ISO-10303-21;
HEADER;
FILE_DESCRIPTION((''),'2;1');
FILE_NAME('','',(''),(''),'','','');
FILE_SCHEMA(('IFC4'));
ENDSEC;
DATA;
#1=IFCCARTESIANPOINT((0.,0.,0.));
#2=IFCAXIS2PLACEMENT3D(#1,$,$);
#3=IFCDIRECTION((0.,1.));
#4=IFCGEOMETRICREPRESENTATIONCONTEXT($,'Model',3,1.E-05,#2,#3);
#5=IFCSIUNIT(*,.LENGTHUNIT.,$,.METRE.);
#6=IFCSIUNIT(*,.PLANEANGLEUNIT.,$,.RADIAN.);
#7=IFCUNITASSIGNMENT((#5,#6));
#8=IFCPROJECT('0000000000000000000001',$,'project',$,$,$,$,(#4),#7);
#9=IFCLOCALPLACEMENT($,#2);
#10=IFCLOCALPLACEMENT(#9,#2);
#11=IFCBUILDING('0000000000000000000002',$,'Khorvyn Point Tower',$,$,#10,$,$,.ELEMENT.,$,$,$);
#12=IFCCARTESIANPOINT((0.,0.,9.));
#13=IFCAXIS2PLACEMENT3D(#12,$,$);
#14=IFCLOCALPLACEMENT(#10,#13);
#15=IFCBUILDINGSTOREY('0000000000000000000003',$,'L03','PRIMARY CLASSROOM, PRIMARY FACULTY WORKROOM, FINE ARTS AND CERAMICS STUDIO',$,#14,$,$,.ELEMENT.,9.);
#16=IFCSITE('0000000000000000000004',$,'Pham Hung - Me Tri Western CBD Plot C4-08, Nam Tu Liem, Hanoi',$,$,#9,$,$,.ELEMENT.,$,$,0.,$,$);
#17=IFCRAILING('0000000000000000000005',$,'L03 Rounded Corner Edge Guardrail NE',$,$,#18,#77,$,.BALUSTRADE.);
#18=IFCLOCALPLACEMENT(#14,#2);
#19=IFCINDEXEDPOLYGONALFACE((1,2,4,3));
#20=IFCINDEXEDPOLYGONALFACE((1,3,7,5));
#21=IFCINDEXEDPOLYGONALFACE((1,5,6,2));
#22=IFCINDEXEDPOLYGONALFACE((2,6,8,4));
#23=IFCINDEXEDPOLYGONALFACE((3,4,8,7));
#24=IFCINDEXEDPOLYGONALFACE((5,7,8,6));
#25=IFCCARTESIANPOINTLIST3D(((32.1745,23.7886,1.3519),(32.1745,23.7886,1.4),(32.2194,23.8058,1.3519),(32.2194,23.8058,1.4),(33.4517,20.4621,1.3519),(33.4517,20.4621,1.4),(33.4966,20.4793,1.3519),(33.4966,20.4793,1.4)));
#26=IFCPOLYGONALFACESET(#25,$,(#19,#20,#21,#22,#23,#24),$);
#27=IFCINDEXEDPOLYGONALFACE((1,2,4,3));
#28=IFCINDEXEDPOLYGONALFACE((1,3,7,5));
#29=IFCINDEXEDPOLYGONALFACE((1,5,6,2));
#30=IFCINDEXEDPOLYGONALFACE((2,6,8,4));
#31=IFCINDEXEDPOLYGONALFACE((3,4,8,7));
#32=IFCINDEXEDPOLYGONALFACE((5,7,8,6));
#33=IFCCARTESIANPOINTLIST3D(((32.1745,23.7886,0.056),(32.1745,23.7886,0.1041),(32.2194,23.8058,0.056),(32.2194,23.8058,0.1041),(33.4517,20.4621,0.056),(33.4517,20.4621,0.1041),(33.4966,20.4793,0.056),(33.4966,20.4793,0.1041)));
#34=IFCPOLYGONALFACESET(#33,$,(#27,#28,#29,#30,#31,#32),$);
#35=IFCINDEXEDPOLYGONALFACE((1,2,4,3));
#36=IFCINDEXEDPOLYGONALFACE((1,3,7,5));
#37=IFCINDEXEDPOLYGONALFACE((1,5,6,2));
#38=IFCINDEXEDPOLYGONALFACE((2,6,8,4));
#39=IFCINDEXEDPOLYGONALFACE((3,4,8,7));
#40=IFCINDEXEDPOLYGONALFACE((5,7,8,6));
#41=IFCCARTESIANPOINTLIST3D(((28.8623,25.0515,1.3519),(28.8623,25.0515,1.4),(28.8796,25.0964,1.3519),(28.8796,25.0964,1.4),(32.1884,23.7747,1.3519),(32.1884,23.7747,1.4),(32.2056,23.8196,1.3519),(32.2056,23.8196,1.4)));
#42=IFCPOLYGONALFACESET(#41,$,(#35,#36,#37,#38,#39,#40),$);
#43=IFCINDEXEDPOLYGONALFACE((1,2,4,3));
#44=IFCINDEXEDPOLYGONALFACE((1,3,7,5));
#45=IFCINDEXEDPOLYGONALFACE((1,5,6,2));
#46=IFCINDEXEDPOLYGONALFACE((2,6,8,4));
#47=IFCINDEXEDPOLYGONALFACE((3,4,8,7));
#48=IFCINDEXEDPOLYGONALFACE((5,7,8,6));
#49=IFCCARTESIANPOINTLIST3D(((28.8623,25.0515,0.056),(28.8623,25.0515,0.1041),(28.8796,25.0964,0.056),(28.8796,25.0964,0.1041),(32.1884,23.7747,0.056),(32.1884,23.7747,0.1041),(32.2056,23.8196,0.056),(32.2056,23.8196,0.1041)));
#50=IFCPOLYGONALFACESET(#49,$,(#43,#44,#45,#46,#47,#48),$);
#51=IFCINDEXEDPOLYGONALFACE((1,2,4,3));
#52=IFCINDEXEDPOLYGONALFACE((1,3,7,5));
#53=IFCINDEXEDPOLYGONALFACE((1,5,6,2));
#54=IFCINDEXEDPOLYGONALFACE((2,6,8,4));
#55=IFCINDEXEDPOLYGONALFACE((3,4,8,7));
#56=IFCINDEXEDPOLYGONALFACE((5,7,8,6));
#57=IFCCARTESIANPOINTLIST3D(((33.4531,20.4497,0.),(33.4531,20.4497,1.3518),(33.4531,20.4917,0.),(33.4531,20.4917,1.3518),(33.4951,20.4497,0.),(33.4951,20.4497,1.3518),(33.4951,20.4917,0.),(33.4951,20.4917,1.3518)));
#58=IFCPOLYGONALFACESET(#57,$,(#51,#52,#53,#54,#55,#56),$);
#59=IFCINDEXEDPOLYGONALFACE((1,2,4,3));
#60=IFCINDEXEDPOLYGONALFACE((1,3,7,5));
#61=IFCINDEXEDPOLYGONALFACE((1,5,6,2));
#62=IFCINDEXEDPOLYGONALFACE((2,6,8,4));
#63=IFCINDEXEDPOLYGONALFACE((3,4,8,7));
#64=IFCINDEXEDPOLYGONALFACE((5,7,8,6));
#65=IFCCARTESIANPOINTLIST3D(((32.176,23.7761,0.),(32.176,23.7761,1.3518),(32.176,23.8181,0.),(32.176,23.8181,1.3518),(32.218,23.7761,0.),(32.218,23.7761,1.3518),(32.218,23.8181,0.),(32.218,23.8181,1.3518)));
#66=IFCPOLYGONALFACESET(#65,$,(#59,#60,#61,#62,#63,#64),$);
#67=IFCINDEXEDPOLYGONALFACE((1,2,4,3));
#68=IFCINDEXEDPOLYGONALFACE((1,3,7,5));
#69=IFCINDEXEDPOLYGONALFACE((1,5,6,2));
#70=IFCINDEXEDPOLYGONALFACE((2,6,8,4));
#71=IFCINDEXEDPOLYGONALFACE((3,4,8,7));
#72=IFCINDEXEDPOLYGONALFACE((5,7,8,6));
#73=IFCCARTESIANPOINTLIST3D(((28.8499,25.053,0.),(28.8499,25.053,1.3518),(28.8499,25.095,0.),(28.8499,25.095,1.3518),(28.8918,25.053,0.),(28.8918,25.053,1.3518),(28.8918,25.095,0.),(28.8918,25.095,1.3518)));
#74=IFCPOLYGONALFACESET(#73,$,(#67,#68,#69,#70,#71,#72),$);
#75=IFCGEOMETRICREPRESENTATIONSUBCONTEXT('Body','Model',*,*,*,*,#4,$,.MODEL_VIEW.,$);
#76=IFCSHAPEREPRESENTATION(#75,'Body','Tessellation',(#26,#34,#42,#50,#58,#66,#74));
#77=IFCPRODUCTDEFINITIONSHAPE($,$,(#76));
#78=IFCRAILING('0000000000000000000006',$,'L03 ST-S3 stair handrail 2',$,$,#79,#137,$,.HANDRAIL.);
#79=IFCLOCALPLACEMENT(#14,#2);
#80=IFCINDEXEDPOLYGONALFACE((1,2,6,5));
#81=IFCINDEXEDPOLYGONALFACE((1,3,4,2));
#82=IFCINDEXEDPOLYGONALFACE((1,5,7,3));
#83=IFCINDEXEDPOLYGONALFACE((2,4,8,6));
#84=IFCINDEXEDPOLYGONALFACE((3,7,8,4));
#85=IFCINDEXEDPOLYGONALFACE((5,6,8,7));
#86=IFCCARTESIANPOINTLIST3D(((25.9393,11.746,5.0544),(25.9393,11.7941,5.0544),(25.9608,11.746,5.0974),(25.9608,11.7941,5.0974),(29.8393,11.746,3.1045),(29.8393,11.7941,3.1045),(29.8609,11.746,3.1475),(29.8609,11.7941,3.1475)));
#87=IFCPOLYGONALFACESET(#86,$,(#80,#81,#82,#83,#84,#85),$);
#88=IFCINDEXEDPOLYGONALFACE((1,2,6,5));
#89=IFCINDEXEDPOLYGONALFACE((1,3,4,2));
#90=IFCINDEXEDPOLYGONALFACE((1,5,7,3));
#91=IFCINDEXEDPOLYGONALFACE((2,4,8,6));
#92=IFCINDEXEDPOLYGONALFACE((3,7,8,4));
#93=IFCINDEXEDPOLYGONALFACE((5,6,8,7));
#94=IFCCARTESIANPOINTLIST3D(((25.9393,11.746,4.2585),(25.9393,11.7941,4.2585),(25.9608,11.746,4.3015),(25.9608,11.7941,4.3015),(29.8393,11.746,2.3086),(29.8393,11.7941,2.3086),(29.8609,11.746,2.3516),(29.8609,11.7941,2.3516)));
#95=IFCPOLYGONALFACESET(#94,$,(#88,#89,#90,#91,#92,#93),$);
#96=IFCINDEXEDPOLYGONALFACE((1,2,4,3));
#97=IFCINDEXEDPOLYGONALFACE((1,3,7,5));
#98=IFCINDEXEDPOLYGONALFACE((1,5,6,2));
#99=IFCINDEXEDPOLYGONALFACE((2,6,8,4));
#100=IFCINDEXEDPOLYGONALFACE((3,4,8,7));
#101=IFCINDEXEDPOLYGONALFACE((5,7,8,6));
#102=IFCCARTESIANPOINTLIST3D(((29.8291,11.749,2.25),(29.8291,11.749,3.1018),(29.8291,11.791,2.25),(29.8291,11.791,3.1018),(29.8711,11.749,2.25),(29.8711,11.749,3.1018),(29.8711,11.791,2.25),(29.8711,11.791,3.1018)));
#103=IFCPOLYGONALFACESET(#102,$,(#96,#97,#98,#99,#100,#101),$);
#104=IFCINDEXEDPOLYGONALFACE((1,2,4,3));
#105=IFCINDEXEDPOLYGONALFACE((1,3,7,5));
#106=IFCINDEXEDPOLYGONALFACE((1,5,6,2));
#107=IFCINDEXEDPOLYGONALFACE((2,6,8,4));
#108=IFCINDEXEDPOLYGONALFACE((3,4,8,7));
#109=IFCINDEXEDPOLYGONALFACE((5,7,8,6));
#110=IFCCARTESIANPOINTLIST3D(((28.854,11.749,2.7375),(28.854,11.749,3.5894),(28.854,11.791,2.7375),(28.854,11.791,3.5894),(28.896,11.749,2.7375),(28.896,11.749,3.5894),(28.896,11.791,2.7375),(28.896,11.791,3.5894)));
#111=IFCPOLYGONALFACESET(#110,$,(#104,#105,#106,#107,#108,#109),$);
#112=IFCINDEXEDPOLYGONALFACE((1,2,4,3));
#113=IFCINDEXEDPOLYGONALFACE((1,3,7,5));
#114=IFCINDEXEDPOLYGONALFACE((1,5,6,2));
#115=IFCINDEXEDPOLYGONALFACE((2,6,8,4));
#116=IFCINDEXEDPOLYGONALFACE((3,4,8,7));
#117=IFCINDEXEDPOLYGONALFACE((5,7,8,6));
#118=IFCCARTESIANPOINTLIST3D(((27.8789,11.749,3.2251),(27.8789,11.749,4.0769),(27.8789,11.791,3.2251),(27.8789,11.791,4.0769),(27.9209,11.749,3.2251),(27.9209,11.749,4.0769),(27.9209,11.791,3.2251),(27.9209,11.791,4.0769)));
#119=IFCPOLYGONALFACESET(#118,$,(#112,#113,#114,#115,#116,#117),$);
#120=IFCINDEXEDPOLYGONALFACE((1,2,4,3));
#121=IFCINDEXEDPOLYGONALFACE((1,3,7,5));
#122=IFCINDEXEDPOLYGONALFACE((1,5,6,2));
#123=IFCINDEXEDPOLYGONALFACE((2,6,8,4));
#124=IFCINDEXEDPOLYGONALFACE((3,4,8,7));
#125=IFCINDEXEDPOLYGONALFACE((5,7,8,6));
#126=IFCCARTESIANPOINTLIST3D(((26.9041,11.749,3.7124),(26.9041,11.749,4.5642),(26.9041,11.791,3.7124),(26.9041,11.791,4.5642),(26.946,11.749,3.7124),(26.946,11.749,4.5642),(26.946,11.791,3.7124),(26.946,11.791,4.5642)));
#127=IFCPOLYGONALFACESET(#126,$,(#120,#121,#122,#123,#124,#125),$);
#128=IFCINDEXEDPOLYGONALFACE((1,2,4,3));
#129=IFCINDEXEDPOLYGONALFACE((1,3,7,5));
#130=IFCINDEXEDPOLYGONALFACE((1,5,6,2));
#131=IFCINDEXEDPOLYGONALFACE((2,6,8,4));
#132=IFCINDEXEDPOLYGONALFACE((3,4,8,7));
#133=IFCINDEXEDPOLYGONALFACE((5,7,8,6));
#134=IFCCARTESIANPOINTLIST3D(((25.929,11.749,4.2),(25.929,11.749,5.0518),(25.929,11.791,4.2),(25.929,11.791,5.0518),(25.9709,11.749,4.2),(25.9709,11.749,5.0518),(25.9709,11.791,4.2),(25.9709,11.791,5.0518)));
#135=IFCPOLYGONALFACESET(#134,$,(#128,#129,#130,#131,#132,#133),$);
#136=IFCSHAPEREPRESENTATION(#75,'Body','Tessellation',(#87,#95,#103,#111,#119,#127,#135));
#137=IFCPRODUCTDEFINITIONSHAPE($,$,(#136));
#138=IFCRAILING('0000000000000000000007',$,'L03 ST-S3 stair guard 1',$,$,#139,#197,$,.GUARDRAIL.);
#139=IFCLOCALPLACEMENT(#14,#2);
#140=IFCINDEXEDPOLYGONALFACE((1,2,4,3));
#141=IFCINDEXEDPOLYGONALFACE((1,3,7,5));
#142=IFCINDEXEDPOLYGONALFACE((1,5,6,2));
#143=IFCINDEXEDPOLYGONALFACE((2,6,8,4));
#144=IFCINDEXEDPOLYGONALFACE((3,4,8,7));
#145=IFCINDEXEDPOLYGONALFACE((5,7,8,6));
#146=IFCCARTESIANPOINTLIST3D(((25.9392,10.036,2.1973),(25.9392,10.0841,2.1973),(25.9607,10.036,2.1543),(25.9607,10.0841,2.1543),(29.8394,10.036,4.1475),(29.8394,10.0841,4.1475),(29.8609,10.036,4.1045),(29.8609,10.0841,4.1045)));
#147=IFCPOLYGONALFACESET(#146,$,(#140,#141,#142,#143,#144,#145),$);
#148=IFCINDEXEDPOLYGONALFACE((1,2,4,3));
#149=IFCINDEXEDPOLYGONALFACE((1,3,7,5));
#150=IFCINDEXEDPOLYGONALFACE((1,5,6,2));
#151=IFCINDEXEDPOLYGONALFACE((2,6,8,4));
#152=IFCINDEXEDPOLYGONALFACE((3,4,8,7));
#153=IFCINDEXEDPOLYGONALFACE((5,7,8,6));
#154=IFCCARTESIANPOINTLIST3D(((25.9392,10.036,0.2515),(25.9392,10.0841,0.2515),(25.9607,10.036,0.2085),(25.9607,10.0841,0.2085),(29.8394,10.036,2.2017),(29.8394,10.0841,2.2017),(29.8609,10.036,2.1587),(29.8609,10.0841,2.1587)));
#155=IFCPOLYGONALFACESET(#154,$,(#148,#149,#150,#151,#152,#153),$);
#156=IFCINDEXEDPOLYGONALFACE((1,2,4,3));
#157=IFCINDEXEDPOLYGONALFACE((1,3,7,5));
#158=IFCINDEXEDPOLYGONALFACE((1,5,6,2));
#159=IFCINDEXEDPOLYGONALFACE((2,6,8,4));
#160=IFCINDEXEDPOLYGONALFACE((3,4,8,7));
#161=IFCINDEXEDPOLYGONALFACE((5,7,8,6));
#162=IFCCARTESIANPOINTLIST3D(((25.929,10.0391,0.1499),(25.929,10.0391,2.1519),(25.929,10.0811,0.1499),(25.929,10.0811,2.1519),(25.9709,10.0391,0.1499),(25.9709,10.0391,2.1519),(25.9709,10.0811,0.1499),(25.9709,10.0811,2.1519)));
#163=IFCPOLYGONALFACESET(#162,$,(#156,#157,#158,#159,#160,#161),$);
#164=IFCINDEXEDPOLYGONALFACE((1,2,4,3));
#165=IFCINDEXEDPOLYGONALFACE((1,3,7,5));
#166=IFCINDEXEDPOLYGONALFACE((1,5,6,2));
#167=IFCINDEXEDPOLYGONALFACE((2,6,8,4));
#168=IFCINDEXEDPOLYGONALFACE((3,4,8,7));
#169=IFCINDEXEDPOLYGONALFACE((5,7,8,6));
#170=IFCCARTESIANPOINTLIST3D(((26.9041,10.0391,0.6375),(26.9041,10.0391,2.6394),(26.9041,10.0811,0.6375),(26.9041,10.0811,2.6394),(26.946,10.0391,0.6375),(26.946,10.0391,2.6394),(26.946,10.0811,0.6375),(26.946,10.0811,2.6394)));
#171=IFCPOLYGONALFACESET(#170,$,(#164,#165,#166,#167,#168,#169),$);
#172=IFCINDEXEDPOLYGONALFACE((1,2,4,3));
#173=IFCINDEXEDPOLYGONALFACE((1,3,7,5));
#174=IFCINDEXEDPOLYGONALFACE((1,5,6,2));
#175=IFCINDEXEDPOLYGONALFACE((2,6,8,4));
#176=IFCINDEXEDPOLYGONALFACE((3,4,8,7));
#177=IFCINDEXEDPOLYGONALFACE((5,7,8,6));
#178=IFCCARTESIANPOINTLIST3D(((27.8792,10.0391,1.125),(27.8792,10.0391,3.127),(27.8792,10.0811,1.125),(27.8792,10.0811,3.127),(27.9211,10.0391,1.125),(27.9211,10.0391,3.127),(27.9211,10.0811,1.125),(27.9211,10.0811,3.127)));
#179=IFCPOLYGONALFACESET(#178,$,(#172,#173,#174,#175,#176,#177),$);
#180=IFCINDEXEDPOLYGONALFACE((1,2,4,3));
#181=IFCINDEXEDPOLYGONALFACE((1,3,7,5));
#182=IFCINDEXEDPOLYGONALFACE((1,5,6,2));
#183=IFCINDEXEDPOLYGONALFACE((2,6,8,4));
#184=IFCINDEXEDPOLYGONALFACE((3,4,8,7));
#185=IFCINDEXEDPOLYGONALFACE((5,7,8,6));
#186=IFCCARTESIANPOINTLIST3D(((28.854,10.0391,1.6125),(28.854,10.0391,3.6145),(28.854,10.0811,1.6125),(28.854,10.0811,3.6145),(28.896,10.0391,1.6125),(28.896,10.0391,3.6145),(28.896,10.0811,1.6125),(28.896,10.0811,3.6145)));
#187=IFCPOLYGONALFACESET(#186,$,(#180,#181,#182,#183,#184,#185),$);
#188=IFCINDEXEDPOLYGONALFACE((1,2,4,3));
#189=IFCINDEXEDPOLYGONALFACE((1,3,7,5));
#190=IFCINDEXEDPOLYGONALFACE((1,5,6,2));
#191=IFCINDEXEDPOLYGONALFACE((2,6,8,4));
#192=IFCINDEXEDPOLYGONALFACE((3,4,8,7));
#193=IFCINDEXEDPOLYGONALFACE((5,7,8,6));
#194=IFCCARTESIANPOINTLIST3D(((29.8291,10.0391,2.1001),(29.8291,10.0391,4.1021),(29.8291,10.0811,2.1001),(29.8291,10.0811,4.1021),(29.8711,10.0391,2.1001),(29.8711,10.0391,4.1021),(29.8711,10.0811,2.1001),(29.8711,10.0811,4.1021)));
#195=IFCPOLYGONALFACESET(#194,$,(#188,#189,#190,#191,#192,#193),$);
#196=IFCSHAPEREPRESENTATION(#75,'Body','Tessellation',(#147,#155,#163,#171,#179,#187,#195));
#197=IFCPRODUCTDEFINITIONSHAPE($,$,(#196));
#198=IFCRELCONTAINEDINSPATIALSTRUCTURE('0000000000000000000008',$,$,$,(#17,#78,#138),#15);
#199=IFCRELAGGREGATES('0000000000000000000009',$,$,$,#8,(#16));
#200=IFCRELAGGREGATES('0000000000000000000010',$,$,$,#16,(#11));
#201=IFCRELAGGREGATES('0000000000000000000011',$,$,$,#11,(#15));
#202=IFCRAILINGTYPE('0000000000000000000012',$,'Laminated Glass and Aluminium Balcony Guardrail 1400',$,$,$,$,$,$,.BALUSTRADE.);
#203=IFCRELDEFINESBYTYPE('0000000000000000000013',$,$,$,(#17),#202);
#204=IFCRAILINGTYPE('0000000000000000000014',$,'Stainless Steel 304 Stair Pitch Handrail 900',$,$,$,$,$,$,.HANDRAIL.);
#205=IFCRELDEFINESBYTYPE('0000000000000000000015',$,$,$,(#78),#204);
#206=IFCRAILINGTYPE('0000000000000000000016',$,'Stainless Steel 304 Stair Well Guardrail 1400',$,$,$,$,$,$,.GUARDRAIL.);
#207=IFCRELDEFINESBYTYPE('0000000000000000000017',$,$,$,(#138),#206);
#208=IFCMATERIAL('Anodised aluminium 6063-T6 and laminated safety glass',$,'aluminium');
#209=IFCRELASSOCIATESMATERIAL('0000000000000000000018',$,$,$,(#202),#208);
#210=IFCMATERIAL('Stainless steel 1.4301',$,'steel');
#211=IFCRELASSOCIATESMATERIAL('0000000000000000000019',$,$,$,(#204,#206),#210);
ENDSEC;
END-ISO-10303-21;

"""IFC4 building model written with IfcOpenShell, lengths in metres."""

from ifc_helpers import new_model, si_unit, direction, frame, origin, origin_2d, place, context, subcontext, project, spatial, rectangle, extrude, material, type_object, element, save


model = new_model("IFC4")

# Units and contexts
model_context = context("Model", 3, precision=1e-05, world=origin(), true_north=direction((0.0, 1.0)))
body_context = subcontext(model_context, "Body", "Model", "MODEL_VIEW")
ifc_project = project(units=[si_unit("LENGTHUNIT", "METRE"), si_unit("PLANEANGLEUNIT", "RADIAN")], contexts=[model_context])

# Site, building, storey
site_placement = place(None, origin())
site = spatial("IfcSite", under=ifc_project, at=site_placement, Name="Pham Hung - Me Tri Western CBD Plot C4-08, Nam Tu Liem, Hanoi", CompositionType="ELEMENT", RefElevation=0.0)
building_placement = place(site_placement, origin())
building = spatial("IfcBuilding", under=site, at=building_placement, Name="Khorvyn Point Tower", CompositionType="ELEMENT")
storey_placement = place(building_placement, frame((0.0, 0.0, 9.0)))
storey = spatial("IfcBuildingStorey", under=building, at=storey_placement, Name="L03", Description="PRIMARY CLASSROOM, PRIMARY FACULTY WORKROOM, FINE ARTS AND CERAMICS STUDIO", CompositionType="ELEMENT", Elevation=9.0)

# Railings
ifc_material_1 = material(Name="Anodised aluminium 6063-T6 and laminated safety glass", Category="aluminium")
railing_type_1 = type_object("IfcRailingType", Name="Laminated Glass and Aluminium Balcony Guardrail 1400", PredefinedType="BALUSTRADE", material=ifc_material_1)
railing_1_placement = place(storey_placement, frame((33.4741, 20.4707, 0.0)))
element("IfcRailing", 1, at=railing_1_placement, inside=storey, type_object=railing_type_1, Name="L03 Rounded Corner Edge Guardrail NE", PredefinedType="BALUSTRADE", context=body_context, shape_type="SweptSolid", body=[
    extrude(rectangle(XDim=0.0481, YDim=0.0481, at=origin_2d()), frame((0.0, 0.0, 1.376), z_axis=(-0.358419, 0.933561, 0.0), x_axis=(-0.933561, -0.358419, 0.0)), (0.0, 0.0, 1.0), 3.5632),
    extrude(rectangle(XDim=0.0481, YDim=0.0481, at=origin_2d()), frame((0.0, 0.0, 0.0801), z_axis=(-0.358419, 0.933561, 0.0), x_axis=(-0.933561, -0.358419, 0.0)), (0.0, 0.0, 1.0), 3.5632),
    extrude(rectangle(XDim=0.0481, YDim=0.0481, at=origin_2d()), frame((-1.2771, 3.3264, 1.376), z_axis=(-0.933575, 0.358382, 0.0), x_axis=(-0.358382, -0.933575, 0.0)), (0.0, 0.0, 1.0), 3.5627),
    extrude(rectangle(XDim=0.0481, YDim=0.0481, at=origin_2d()), frame((-1.2771, 3.3264, 0.0801), z_axis=(-0.933575, 0.358382, 0.0), x_axis=(-0.358382, -0.933575, 0.0)), (0.0, 0.0, 1.0), 3.5627),
    extrude(rectangle(XDim=0.042, YDim=0.042, at=origin_2d()), origin(), (0.0, 0.0, 1.0), 1.3518),
    extrude(rectangle(XDim=0.042, YDim=0.042, at=origin_2d()), frame((-1.2771, 3.3264, 0.0)), (0.0, 0.0, 1.0), 1.3518),
    extrude(rectangle(XDim=0.042, YDim=0.042, at=origin_2d()), frame((-4.6033, 4.6033, 0.0)), (0.0, 0.0, 1.0), 1.3518),
])
ifc_material_2 = material(Name="Stainless steel 1.4301", Category="steel")
railing_type_2 = type_object("IfcRailingType", Name="Stainless Steel 304 Stair Pitch Handrail 900", PredefinedType="HANDRAIL", material=ifc_material_2)
railing_2_placement = place(storey_placement, frame((29.8501, 11.77, 2.25)))
element("IfcRailing", 2, at=railing_2_placement, inside=storey, type_object=railing_type_2, Name="L03 ST-S3 stair handrail 2", PredefinedType="HANDRAIL", context=body_context, shape_type="SweptSolid", body=[
    extrude(rectangle(XDim=0.0481, YDim=0.0481, at=origin_2d()), frame((0.0, 0.0, 0.876), z_axis=(-0.894438, 0.0, 0.447191), x_axis=(0.0, -1.0, 0.0)), (0.0, 0.0, 1.0), 4.3604),
    extrude(rectangle(XDim=0.0481, YDim=0.0481, at=origin_2d()), frame((0.0, 0.0, 0.0801), z_axis=(-0.894438, 0.0, 0.447191), x_axis=(0.0, -1.0, 0.0)), (0.0, 0.0, 1.0), 4.3604),
    extrude(rectangle(XDim=0.042, YDim=0.042, at=origin_2d()), origin(), (0.0, 0.0, 1.0), 0.8518),
    extrude(rectangle(XDim=0.042, YDim=0.042, at=origin_2d()), frame((-0.9751, 0.0, 0.4875)), (0.0, 0.0, 1.0), 0.8518),
    extrude(rectangle(XDim=0.042, YDim=0.042, at=origin_2d()), frame((-1.9502, 0.0, 0.9751)), (0.0, 0.0, 1.0), 0.8518),
    extrude(rectangle(XDim=0.042, YDim=0.042, at=origin_2d()), frame((-2.925, 0.0, 1.4624)), (0.0, 0.0, 1.0), 0.8518),
    extrude(rectangle(XDim=0.042, YDim=0.042, at=origin_2d()), frame((-3.9001, 0.0, 1.95)), (0.0, 0.0, 1.0), 0.8518),
])
railing_type_3 = type_object("IfcRailingType", Name="Stainless Steel 304 Stair Well Guardrail 1400", PredefinedType="GUARDRAIL", material=ifc_material_2)
railing_3_placement = place(storey_placement, frame((25.95, 10.0601, 0.1499)))
element("IfcRailing", 3, at=railing_3_placement, inside=storey, type_object=railing_type_3, Name="L03 ST-S3 stair guard 1", PredefinedType="GUARDRAIL", context=body_context, shape_type="SweptSolid", body=[
    extrude(rectangle(XDim=0.0481, YDim=0.0481, at=origin_2d()), frame((0.0, 0.0, 2.0259), z_axis=(0.894416, 0.0, 0.447236), x_axis=(0.0, 1.0, 0.0)), (0.0, 0.0, 1.0), 4.3606),
    extrude(rectangle(XDim=0.0481, YDim=0.0481, at=origin_2d()), frame((0.0, 0.0, 0.0801), z_axis=(0.894416, 0.0, 0.447236), x_axis=(0.0, 1.0, 0.0)), (0.0, 0.0, 1.0), 4.3606),
    extrude(rectangle(XDim=0.042, YDim=0.042, at=origin_2d()), origin(), (0.0, 0.0, 1.0), 2.002),
    extrude(rectangle(XDim=0.042, YDim=0.042, at=origin_2d()), frame((0.9751, 0.0, 0.4875)), (0.0, 0.0, 1.0), 2.002),
    extrude(rectangle(XDim=0.042, YDim=0.042, at=origin_2d()), frame((1.9502, 0.0, 0.9751)), (0.0, 0.0, 1.0), 2.002),
    extrude(rectangle(XDim=0.042, YDim=0.042, at=origin_2d()), frame((2.925, 0.0, 1.4626)), (0.0, 0.0, 1.0), 2.002),
    extrude(rectangle(XDim=0.042, YDim=0.042, at=origin_2d()), frame((3.9001, 0.0, 1.9502)), (0.0, 0.0, 1.0), 2.002),
])

save(model, "model.ifc")
